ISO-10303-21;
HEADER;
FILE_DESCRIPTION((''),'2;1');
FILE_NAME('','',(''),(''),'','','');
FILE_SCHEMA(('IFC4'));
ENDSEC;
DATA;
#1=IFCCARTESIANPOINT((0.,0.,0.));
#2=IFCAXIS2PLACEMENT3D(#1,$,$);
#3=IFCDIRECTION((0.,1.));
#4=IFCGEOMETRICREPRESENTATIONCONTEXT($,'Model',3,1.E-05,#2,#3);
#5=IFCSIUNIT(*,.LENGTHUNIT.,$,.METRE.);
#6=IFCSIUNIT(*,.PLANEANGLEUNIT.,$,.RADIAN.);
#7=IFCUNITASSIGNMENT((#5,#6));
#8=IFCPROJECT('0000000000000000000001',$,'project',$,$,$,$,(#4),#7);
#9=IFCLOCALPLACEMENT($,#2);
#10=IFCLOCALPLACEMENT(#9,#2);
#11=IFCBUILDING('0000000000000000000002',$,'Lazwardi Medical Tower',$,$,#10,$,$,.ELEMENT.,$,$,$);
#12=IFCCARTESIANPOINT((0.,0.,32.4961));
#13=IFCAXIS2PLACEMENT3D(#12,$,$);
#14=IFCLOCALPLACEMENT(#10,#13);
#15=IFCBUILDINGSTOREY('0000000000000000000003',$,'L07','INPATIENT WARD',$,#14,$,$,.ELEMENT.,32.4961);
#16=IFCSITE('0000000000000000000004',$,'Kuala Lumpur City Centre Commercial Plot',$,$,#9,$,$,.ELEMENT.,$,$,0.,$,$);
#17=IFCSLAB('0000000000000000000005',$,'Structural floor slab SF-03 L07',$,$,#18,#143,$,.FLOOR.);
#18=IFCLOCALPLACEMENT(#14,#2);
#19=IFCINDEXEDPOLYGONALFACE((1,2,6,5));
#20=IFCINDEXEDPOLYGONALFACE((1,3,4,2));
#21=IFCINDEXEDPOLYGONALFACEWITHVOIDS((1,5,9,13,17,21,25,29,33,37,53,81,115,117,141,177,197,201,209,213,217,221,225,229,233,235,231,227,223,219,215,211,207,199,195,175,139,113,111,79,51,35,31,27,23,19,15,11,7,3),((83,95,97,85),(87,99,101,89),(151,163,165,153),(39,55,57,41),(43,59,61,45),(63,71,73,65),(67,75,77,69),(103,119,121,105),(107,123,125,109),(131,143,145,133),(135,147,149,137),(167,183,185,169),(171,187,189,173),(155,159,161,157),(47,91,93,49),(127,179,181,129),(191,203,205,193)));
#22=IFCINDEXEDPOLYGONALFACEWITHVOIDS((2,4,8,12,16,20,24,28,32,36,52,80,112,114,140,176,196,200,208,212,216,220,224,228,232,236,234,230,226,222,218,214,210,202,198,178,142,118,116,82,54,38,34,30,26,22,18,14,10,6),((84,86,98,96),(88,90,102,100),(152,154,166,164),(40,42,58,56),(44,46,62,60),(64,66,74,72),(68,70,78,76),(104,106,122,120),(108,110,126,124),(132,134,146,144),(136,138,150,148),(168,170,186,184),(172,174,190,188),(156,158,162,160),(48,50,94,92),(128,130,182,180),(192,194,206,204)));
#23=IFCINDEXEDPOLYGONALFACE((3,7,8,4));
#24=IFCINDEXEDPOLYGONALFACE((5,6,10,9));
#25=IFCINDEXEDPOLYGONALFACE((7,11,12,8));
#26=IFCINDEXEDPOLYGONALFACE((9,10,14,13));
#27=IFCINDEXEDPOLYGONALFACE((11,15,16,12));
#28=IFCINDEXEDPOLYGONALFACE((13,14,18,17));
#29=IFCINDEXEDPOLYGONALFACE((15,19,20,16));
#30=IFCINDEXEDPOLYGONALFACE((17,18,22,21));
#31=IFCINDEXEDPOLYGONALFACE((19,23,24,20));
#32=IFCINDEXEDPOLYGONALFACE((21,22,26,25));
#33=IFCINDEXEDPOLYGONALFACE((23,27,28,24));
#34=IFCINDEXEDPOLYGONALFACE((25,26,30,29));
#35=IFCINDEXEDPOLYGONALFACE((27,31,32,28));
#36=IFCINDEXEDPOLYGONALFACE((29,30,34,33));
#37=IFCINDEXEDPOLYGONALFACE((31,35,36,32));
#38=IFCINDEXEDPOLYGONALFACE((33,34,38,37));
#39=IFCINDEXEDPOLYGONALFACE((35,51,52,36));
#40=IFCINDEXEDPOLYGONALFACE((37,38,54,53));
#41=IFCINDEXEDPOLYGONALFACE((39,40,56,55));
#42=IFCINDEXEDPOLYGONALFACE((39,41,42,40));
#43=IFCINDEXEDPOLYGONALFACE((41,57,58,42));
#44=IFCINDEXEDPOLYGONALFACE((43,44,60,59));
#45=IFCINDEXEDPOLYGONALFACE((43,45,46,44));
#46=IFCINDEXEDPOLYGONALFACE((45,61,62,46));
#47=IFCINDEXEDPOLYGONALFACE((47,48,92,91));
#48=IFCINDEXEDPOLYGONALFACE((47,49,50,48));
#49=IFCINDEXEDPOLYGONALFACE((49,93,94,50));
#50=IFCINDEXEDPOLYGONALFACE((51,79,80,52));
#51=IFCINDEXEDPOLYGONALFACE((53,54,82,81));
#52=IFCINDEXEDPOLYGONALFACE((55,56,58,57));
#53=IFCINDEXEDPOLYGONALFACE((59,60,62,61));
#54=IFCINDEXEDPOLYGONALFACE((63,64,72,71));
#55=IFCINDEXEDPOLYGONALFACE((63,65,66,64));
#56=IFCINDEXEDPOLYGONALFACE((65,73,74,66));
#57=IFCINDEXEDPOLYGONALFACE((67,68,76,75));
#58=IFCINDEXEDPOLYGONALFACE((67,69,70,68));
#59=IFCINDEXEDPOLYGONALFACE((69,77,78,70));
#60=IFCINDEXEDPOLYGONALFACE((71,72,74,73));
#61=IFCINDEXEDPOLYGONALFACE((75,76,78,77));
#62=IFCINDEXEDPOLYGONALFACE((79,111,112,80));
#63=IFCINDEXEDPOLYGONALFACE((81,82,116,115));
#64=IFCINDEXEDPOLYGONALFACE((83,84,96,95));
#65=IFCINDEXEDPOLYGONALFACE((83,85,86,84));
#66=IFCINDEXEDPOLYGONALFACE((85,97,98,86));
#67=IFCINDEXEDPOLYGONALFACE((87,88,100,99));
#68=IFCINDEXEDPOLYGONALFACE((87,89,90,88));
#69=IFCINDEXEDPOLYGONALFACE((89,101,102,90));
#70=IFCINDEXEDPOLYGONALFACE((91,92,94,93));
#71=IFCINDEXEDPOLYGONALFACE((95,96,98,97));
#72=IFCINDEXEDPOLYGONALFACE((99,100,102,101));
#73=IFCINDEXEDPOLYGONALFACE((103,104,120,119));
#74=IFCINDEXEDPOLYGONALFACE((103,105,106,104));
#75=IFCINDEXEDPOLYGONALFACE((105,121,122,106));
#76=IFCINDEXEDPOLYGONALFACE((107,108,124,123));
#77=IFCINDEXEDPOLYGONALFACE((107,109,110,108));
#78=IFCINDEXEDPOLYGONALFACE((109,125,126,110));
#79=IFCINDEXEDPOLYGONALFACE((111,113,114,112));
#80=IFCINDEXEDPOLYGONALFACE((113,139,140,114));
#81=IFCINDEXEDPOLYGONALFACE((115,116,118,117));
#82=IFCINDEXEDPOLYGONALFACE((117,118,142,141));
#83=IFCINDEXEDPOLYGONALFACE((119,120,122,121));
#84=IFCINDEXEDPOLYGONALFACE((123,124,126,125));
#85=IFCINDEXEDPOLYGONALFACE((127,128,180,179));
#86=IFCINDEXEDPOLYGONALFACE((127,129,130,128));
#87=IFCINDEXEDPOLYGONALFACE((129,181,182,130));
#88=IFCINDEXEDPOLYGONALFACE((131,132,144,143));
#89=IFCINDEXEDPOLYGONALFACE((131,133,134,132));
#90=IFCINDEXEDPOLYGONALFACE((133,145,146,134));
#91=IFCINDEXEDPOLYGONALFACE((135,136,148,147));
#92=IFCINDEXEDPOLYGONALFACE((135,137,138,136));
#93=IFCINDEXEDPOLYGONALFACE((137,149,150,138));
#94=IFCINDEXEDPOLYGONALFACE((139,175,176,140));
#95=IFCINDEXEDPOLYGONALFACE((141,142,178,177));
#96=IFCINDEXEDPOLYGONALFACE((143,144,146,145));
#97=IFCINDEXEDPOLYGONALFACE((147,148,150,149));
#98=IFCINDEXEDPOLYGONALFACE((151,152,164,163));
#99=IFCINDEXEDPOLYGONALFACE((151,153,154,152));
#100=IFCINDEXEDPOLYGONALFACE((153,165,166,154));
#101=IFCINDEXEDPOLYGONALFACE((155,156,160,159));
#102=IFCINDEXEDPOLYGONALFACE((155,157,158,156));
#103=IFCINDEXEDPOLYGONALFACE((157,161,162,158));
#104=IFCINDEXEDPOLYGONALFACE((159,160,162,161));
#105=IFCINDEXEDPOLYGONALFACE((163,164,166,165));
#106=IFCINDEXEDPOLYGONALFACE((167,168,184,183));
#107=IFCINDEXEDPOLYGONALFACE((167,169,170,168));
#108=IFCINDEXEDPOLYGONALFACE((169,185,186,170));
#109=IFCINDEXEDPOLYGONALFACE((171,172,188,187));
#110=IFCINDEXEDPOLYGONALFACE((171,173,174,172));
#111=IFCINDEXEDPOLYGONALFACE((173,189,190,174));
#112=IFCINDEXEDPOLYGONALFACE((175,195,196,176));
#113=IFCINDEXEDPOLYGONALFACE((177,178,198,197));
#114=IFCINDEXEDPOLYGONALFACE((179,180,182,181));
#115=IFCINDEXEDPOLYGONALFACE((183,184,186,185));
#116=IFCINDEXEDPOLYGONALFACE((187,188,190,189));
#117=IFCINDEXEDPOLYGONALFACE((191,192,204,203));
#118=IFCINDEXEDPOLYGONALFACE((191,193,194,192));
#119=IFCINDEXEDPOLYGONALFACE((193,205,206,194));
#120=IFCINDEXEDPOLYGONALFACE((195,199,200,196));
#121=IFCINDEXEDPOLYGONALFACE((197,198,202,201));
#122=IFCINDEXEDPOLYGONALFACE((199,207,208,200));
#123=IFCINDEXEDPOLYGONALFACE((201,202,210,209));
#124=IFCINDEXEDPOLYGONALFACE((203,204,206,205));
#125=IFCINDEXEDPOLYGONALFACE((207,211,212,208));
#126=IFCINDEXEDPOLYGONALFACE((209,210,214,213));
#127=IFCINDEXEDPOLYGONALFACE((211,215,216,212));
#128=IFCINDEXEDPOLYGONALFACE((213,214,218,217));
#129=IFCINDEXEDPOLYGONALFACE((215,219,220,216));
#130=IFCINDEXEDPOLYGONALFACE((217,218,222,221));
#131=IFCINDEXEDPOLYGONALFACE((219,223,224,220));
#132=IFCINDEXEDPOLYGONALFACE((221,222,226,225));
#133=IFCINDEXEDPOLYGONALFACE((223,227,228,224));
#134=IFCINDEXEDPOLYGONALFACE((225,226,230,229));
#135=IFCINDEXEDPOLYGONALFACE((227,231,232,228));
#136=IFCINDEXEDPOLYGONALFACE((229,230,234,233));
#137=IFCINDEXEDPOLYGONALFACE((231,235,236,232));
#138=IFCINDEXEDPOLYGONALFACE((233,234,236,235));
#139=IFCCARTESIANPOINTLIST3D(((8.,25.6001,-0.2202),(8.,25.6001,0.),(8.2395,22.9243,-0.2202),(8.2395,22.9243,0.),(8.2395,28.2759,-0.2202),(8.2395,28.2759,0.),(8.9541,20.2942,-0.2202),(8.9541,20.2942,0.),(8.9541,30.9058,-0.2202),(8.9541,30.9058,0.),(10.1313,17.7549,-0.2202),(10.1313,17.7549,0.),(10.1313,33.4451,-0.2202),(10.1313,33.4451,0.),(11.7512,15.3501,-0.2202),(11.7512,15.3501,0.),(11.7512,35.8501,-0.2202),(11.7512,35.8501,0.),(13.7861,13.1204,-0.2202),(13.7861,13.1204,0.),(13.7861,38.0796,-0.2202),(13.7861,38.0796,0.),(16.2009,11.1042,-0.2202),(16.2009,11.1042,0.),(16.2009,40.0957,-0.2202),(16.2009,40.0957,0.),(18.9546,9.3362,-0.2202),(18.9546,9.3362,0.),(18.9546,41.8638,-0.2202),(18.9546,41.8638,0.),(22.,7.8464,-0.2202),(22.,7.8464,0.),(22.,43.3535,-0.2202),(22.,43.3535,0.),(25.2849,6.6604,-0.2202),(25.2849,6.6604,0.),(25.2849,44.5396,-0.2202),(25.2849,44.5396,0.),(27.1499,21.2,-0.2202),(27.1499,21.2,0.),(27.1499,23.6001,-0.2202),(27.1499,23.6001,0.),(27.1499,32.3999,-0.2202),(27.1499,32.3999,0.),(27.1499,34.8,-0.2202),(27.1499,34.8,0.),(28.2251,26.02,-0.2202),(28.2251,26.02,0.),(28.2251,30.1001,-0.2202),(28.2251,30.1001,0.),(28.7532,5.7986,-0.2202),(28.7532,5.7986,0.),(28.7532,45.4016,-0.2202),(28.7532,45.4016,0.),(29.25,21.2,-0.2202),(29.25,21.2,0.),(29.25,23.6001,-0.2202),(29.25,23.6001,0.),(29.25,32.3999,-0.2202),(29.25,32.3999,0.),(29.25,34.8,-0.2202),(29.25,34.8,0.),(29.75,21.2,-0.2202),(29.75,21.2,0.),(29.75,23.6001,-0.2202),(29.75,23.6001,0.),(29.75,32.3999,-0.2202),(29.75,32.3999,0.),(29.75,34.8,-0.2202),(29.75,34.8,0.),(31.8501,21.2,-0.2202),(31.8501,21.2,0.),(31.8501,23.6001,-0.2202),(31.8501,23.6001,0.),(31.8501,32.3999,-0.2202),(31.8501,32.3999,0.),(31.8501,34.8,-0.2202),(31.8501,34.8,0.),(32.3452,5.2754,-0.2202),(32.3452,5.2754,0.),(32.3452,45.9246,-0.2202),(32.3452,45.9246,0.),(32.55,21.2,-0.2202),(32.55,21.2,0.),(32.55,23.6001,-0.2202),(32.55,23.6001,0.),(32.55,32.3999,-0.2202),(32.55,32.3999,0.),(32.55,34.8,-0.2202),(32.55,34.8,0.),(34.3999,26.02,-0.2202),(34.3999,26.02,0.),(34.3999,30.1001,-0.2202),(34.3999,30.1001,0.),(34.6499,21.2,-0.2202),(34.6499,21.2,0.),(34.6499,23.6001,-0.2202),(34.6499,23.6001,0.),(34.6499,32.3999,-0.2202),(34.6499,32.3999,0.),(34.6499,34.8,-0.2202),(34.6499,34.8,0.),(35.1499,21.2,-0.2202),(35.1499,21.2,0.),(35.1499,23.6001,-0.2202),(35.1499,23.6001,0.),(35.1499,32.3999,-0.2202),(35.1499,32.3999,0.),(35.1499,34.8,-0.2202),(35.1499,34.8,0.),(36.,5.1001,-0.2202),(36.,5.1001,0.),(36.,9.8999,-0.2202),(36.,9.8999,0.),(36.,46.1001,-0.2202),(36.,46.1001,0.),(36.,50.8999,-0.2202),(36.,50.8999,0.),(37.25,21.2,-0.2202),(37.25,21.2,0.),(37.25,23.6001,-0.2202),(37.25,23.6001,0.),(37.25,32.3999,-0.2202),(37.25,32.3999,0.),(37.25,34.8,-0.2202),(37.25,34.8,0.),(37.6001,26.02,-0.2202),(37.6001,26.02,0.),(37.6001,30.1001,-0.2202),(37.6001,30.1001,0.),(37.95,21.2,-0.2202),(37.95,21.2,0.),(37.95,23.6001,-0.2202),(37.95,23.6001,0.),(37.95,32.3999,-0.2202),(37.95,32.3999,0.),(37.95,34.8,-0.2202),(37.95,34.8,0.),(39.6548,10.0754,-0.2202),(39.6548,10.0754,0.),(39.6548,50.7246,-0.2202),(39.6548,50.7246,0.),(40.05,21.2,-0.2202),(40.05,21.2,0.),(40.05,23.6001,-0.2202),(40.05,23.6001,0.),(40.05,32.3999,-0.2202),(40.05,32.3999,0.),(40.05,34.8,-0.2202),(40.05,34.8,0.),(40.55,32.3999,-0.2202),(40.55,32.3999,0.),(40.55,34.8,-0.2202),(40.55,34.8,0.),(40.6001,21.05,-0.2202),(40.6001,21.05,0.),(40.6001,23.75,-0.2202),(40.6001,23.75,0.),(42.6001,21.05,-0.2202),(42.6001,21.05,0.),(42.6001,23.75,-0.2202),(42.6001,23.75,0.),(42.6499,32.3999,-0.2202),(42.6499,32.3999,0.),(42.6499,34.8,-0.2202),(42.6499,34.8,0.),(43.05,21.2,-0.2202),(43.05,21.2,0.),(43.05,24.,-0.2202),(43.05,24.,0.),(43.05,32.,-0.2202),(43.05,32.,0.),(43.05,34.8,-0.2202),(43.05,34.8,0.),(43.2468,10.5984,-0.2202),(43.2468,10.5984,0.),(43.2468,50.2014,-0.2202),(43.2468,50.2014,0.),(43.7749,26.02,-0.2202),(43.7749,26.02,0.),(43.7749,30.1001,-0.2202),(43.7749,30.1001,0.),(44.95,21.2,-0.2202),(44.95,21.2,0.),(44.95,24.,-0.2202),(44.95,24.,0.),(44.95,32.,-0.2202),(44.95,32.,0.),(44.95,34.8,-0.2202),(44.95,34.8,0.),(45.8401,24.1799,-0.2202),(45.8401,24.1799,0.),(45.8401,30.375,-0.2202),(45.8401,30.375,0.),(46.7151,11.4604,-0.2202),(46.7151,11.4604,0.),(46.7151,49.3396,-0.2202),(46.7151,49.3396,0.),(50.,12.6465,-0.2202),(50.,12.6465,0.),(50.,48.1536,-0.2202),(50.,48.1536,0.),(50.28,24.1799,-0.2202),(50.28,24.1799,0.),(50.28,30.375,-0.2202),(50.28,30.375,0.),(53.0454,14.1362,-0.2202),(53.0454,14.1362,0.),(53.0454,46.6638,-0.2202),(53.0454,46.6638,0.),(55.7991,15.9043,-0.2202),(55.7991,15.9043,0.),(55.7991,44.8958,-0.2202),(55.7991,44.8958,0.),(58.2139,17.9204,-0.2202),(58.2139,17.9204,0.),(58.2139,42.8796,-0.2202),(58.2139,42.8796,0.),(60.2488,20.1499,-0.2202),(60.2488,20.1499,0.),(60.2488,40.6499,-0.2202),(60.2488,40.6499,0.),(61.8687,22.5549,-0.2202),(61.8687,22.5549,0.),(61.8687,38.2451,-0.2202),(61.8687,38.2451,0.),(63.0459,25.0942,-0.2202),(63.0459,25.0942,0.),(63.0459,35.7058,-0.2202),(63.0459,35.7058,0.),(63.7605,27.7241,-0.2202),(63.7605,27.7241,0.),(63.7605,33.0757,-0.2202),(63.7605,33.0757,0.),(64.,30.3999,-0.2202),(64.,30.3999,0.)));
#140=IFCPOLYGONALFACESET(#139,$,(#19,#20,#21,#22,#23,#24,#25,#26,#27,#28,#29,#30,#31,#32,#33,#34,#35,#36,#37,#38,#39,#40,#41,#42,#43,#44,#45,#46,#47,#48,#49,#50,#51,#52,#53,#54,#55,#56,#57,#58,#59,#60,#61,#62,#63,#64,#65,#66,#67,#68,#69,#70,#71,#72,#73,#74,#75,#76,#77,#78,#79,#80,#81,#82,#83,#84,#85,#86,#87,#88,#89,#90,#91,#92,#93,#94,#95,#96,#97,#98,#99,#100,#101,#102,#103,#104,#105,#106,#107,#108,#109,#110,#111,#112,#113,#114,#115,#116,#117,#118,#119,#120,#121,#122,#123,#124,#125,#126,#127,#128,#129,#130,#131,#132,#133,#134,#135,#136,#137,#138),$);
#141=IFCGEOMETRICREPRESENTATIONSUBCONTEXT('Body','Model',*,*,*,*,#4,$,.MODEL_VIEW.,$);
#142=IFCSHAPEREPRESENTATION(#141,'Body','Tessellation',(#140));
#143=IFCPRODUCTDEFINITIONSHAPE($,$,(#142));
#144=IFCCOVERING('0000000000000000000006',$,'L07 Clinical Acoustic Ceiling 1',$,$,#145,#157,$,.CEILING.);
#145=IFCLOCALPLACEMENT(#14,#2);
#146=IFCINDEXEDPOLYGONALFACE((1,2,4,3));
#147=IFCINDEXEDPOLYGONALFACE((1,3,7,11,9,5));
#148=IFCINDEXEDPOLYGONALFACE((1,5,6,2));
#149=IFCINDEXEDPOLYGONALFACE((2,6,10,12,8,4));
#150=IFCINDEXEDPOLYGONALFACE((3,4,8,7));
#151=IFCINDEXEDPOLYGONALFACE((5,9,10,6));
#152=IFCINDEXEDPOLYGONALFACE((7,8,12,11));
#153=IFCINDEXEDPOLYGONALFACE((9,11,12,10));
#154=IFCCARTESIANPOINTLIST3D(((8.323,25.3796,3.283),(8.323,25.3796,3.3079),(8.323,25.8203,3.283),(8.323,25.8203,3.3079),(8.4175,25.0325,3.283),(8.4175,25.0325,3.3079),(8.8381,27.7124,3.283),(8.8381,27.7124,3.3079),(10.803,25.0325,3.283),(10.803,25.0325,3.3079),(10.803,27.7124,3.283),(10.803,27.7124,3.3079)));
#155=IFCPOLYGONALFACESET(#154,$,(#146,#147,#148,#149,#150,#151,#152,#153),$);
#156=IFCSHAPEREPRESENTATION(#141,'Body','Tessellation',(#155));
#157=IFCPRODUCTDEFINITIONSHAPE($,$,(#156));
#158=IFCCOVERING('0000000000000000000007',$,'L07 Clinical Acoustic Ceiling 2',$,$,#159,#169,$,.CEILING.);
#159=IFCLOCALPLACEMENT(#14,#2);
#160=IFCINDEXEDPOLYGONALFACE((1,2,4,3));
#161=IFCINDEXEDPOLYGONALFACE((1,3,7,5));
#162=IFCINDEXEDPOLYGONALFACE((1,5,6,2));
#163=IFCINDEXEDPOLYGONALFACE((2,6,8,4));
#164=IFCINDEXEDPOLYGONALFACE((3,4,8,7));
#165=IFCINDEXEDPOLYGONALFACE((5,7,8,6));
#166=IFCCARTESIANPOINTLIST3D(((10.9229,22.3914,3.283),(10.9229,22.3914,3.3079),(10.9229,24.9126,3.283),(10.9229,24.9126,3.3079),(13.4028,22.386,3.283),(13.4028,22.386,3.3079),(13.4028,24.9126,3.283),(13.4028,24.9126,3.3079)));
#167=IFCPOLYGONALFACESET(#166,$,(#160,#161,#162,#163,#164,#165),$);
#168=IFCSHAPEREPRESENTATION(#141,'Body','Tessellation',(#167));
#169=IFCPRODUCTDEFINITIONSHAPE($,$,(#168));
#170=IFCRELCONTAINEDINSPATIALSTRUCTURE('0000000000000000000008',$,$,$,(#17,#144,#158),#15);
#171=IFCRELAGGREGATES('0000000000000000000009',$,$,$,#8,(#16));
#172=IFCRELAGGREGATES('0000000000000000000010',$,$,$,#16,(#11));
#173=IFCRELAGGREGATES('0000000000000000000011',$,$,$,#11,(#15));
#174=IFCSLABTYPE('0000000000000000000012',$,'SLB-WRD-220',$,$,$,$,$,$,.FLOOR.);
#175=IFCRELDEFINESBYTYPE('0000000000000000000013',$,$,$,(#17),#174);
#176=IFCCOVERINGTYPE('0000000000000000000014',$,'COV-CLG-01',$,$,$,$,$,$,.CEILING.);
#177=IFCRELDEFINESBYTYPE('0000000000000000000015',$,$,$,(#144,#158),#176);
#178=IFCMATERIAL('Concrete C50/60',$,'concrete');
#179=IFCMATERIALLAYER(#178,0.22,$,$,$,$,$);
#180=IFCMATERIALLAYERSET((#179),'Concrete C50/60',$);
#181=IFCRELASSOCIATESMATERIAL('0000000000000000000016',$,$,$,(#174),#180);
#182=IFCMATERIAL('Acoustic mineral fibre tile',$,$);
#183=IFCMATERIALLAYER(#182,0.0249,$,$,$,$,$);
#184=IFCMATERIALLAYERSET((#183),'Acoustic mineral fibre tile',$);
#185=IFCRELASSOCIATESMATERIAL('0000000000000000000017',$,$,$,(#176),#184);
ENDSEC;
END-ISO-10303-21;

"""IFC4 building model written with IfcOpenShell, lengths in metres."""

from ifc_helpers import new_model, si_unit, direction, frame, origin, place, context, subcontext, project, spatial, polyline, outline, extrude, material, layer, layer_set, type_object, element, save


model = new_model("IFC4")

# Units and contexts
model_context = context("Model", 3, precision=1e-05, world=origin(), true_north=direction((0.0, 1.0)))
body_context = subcontext(model_context, "Body", "Model", "MODEL_VIEW")
ifc_project = project(units=[si_unit("LENGTHUNIT", "METRE"), si_unit("PLANEANGLEUNIT", "RADIAN")], contexts=[model_context])

# Site, building, storey
site_placement = place(None, origin())
site = spatial("IfcSite", under=ifc_project, at=site_placement, Name="Kuala Lumpur City Centre Commercial Plot", CompositionType="ELEMENT", RefElevation=0.0)
building_placement = place(site_placement, origin())
building = spatial("IfcBuilding", under=site, at=building_placement, Name="Lazwardi Medical Tower", CompositionType="ELEMENT")
storey_placement = place(building_placement, frame((0.0, 0.0, 32.4961)))
storey = spatial("IfcBuildingStorey", under=building, at=storey_placement, Name="L07", Description="INPATIENT WARD", CompositionType="ELEMENT", Elevation=32.4961)

# Slab
ifc_material_1 = material(Name="Concrete C50/60", Category="concrete")
ifc_layer_1 = layer(ifc_material_1, 0.22)
ifc_layer_set_1 = layer_set([ifc_layer_1], Name="Concrete C50/60")
slab_type_1 = type_object("IfcSlabType", Name="SLB-WRD-220", PredefinedType="FLOOR", material=ifc_layer_set_1)
slab_1_placement = place(storey_placement, frame((0.0, 0.0, -0.2202)))
element("IfcSlab", 1, at=slab_1_placement, inside=storey, type_object=slab_type_1, Name="Structural floor slab SF-03 L07", PredefinedType="FLOOR", context=body_context, shape_type="SweptSolid", body=[
    extrude(outline(polyline([(10.1313, 33.4451), (8.9541, 30.9058), (8.2395, 28.2759), (8.0, 25.6001), (8.2395, 22.9243), (8.9541, 20.2942), (10.1313, 17.7549), (11.7512, 15.3501), (13.7861, 13.1204), (16.2009, 11.1042), (18.9546, 9.3362), (22.0, 7.8464), (25.2849, 6.6604), (28.7532, 5.7986), (32.3452, 5.2754), (36.0, 5.1001), (36.0, 9.8999), (39.6548, 10.0754), (43.2468, 10.5984), (46.7151, 11.4604), (50.0, 12.6465), (53.0454, 14.1362), (55.7991, 15.9043), (58.2139, 17.9204), (60.2488, 20.1499), (61.8687, 22.5549), (63.0459, 25.0942), (63.7605, 27.7241), (64.0, 30.3999), (63.7605, 33.0757), (63.0459, 35.7058), (61.8687, 38.2451), (60.2488, 40.6499), (58.2139, 42.8796), (55.7991, 44.8958), (53.0454, 46.6638), (50.0, 48.1536), (46.7151, 49.3396), (43.2468, 50.2014), (39.6548, 50.7246), (36.0, 50.8999), (36.0, 46.1001), (32.3452, 45.9246), (28.7532, 45.4016), (25.2849, 44.5396), (22.0, 43.3535), (18.9546, 41.8638), (16.2009, 40.0957), (13.7861, 38.0796), (11.7512, 35.8501), (10.1313, 33.4451)]), holes=[polyline([(28.2251, 26.02), (28.2251, 30.1001), (34.3999, 30.1001), (34.3999, 26.02), (28.2251, 26.02)]), polyline([(37.6001, 30.1001), (43.7749, 30.1001), (43.7749, 26.02), (37.6001, 26.02), (37.6001, 30.1001)]), polyline([(50.28, 30.375), (50.28, 24.1799), (45.8401, 24.1799), (45.8401, 30.375), (50.28, 30.375)]), polyline([(29.25, 32.3999), (27.1499, 32.3999), (27.1499, 34.8), (29.25, 34.8), (29.25, 32.3999)]), polyline([(29.75, 32.3999), (29.75, 34.8), (31.8501, 34.8), (31.8501, 32.3999), (29.75, 32.3999)]), polyline([(27.1499, 23.6001), (29.25, 23.6001), (29.25, 21.2), (27.1499, 21.2), (27.1499, 23.6001)]), polyline([(31.8501, 23.6001), (31.8501, 21.2), (29.75, 21.2), (29.75, 23.6001), (31.8501, 23.6001)]), polyline([(34.6499, 32.3999), (32.55, 32.3999), (32.55, 34.8), (34.6499, 34.8), (34.6499, 32.3999)]), polyline([(35.1499, 32.3999), (35.1499, 34.8), (37.25, 34.8), (37.25, 32.3999), (35.1499, 32.3999)]), polyline([(32.55, 23.6001), (34.6499, 23.6001), (34.6499, 21.2), (32.55, 21.2), (32.55, 23.6001)]), polyline([(37.25, 23.6001), (37.25, 21.2), (35.1499, 21.2), (35.1499, 23.6001), (37.25, 23.6001)]), polyline([(40.05, 32.3999), (37.95, 32.3999), (37.95, 34.8), (40.05, 34.8), (40.05, 32.3999)]), polyline([(40.55, 32.3999), (40.55, 34.8), (42.6499, 34.8), (42.6499, 32.3999), (40.55, 32.3999)]), polyline([(37.95, 23.6001), (40.05, 23.6001), (40.05, 21.2), (37.95, 21.2), (37.95, 23.6001)]), polyline([(44.95, 34.8), (44.95, 32.0), (43.05, 32.0), (43.05, 34.8), (44.95, 34.8)]), polyline([(44.95, 21.2), (43.05, 21.2), (43.05, 24.0), (44.95, 24.0), (44.95, 21.2)]), polyline([(40.6001, 21.05), (40.6001, 23.75), (42.6001, 23.75), (42.6001, 21.05), (40.6001, 21.05)])]), origin(), (0.0, 0.0, 1.0), 0.2202),
])

# Coverings
ifc_material_2 = material(Name="Acoustic mineral fibre tile")
ifc_layer_2 = layer(ifc_material_2, 0.0249)
ifc_layer_set_2 = layer_set([ifc_layer_2], Name="Acoustic mineral fibre tile")
covering_type_1 = type_object("IfcCoveringType", Name="COV-CLG-01", PredefinedType="CEILING", material=ifc_layer_set_2)
covering_1_placement = place(storey_placement, frame((0.0, 0.0, 3.283)))
element("IfcCovering", 2, at=covering_1_placement, inside=storey, type_object=covering_type_1, Name="L07 Clinical Acoustic Ceiling 1", PredefinedType="CEILING", context=body_context, shape_type="SweptSolid", body=[
    extrude(outline(polyline([(8.8381, 27.7124), (8.323, 25.8203), (8.323, 25.3796), (8.4175, 25.0325), (10.803, 25.0325), (10.803, 27.7124), (8.8381, 27.7124)])), origin(), (0.0, 0.0, 1.0), 0.0249),
])
covering_2_placement = place(storey_placement, frame((0.0, 0.0, 3.283)))
element("IfcCovering", 3, at=covering_2_placement, inside=storey, type_object=covering_type_1, Name="L07 Clinical Acoustic Ceiling 2", PredefinedType="CEILING", context=body_context, shape_type="SweptSolid", body=[
    extrude(outline(polyline([(10.9229, 22.3914), (13.4028, 22.386), (13.4028, 24.9126), (10.9229, 24.9126), (10.9229, 22.3914)])), origin(), (0.0, 0.0, 1.0), 0.0249),
])

save(model, "model.ifc")
